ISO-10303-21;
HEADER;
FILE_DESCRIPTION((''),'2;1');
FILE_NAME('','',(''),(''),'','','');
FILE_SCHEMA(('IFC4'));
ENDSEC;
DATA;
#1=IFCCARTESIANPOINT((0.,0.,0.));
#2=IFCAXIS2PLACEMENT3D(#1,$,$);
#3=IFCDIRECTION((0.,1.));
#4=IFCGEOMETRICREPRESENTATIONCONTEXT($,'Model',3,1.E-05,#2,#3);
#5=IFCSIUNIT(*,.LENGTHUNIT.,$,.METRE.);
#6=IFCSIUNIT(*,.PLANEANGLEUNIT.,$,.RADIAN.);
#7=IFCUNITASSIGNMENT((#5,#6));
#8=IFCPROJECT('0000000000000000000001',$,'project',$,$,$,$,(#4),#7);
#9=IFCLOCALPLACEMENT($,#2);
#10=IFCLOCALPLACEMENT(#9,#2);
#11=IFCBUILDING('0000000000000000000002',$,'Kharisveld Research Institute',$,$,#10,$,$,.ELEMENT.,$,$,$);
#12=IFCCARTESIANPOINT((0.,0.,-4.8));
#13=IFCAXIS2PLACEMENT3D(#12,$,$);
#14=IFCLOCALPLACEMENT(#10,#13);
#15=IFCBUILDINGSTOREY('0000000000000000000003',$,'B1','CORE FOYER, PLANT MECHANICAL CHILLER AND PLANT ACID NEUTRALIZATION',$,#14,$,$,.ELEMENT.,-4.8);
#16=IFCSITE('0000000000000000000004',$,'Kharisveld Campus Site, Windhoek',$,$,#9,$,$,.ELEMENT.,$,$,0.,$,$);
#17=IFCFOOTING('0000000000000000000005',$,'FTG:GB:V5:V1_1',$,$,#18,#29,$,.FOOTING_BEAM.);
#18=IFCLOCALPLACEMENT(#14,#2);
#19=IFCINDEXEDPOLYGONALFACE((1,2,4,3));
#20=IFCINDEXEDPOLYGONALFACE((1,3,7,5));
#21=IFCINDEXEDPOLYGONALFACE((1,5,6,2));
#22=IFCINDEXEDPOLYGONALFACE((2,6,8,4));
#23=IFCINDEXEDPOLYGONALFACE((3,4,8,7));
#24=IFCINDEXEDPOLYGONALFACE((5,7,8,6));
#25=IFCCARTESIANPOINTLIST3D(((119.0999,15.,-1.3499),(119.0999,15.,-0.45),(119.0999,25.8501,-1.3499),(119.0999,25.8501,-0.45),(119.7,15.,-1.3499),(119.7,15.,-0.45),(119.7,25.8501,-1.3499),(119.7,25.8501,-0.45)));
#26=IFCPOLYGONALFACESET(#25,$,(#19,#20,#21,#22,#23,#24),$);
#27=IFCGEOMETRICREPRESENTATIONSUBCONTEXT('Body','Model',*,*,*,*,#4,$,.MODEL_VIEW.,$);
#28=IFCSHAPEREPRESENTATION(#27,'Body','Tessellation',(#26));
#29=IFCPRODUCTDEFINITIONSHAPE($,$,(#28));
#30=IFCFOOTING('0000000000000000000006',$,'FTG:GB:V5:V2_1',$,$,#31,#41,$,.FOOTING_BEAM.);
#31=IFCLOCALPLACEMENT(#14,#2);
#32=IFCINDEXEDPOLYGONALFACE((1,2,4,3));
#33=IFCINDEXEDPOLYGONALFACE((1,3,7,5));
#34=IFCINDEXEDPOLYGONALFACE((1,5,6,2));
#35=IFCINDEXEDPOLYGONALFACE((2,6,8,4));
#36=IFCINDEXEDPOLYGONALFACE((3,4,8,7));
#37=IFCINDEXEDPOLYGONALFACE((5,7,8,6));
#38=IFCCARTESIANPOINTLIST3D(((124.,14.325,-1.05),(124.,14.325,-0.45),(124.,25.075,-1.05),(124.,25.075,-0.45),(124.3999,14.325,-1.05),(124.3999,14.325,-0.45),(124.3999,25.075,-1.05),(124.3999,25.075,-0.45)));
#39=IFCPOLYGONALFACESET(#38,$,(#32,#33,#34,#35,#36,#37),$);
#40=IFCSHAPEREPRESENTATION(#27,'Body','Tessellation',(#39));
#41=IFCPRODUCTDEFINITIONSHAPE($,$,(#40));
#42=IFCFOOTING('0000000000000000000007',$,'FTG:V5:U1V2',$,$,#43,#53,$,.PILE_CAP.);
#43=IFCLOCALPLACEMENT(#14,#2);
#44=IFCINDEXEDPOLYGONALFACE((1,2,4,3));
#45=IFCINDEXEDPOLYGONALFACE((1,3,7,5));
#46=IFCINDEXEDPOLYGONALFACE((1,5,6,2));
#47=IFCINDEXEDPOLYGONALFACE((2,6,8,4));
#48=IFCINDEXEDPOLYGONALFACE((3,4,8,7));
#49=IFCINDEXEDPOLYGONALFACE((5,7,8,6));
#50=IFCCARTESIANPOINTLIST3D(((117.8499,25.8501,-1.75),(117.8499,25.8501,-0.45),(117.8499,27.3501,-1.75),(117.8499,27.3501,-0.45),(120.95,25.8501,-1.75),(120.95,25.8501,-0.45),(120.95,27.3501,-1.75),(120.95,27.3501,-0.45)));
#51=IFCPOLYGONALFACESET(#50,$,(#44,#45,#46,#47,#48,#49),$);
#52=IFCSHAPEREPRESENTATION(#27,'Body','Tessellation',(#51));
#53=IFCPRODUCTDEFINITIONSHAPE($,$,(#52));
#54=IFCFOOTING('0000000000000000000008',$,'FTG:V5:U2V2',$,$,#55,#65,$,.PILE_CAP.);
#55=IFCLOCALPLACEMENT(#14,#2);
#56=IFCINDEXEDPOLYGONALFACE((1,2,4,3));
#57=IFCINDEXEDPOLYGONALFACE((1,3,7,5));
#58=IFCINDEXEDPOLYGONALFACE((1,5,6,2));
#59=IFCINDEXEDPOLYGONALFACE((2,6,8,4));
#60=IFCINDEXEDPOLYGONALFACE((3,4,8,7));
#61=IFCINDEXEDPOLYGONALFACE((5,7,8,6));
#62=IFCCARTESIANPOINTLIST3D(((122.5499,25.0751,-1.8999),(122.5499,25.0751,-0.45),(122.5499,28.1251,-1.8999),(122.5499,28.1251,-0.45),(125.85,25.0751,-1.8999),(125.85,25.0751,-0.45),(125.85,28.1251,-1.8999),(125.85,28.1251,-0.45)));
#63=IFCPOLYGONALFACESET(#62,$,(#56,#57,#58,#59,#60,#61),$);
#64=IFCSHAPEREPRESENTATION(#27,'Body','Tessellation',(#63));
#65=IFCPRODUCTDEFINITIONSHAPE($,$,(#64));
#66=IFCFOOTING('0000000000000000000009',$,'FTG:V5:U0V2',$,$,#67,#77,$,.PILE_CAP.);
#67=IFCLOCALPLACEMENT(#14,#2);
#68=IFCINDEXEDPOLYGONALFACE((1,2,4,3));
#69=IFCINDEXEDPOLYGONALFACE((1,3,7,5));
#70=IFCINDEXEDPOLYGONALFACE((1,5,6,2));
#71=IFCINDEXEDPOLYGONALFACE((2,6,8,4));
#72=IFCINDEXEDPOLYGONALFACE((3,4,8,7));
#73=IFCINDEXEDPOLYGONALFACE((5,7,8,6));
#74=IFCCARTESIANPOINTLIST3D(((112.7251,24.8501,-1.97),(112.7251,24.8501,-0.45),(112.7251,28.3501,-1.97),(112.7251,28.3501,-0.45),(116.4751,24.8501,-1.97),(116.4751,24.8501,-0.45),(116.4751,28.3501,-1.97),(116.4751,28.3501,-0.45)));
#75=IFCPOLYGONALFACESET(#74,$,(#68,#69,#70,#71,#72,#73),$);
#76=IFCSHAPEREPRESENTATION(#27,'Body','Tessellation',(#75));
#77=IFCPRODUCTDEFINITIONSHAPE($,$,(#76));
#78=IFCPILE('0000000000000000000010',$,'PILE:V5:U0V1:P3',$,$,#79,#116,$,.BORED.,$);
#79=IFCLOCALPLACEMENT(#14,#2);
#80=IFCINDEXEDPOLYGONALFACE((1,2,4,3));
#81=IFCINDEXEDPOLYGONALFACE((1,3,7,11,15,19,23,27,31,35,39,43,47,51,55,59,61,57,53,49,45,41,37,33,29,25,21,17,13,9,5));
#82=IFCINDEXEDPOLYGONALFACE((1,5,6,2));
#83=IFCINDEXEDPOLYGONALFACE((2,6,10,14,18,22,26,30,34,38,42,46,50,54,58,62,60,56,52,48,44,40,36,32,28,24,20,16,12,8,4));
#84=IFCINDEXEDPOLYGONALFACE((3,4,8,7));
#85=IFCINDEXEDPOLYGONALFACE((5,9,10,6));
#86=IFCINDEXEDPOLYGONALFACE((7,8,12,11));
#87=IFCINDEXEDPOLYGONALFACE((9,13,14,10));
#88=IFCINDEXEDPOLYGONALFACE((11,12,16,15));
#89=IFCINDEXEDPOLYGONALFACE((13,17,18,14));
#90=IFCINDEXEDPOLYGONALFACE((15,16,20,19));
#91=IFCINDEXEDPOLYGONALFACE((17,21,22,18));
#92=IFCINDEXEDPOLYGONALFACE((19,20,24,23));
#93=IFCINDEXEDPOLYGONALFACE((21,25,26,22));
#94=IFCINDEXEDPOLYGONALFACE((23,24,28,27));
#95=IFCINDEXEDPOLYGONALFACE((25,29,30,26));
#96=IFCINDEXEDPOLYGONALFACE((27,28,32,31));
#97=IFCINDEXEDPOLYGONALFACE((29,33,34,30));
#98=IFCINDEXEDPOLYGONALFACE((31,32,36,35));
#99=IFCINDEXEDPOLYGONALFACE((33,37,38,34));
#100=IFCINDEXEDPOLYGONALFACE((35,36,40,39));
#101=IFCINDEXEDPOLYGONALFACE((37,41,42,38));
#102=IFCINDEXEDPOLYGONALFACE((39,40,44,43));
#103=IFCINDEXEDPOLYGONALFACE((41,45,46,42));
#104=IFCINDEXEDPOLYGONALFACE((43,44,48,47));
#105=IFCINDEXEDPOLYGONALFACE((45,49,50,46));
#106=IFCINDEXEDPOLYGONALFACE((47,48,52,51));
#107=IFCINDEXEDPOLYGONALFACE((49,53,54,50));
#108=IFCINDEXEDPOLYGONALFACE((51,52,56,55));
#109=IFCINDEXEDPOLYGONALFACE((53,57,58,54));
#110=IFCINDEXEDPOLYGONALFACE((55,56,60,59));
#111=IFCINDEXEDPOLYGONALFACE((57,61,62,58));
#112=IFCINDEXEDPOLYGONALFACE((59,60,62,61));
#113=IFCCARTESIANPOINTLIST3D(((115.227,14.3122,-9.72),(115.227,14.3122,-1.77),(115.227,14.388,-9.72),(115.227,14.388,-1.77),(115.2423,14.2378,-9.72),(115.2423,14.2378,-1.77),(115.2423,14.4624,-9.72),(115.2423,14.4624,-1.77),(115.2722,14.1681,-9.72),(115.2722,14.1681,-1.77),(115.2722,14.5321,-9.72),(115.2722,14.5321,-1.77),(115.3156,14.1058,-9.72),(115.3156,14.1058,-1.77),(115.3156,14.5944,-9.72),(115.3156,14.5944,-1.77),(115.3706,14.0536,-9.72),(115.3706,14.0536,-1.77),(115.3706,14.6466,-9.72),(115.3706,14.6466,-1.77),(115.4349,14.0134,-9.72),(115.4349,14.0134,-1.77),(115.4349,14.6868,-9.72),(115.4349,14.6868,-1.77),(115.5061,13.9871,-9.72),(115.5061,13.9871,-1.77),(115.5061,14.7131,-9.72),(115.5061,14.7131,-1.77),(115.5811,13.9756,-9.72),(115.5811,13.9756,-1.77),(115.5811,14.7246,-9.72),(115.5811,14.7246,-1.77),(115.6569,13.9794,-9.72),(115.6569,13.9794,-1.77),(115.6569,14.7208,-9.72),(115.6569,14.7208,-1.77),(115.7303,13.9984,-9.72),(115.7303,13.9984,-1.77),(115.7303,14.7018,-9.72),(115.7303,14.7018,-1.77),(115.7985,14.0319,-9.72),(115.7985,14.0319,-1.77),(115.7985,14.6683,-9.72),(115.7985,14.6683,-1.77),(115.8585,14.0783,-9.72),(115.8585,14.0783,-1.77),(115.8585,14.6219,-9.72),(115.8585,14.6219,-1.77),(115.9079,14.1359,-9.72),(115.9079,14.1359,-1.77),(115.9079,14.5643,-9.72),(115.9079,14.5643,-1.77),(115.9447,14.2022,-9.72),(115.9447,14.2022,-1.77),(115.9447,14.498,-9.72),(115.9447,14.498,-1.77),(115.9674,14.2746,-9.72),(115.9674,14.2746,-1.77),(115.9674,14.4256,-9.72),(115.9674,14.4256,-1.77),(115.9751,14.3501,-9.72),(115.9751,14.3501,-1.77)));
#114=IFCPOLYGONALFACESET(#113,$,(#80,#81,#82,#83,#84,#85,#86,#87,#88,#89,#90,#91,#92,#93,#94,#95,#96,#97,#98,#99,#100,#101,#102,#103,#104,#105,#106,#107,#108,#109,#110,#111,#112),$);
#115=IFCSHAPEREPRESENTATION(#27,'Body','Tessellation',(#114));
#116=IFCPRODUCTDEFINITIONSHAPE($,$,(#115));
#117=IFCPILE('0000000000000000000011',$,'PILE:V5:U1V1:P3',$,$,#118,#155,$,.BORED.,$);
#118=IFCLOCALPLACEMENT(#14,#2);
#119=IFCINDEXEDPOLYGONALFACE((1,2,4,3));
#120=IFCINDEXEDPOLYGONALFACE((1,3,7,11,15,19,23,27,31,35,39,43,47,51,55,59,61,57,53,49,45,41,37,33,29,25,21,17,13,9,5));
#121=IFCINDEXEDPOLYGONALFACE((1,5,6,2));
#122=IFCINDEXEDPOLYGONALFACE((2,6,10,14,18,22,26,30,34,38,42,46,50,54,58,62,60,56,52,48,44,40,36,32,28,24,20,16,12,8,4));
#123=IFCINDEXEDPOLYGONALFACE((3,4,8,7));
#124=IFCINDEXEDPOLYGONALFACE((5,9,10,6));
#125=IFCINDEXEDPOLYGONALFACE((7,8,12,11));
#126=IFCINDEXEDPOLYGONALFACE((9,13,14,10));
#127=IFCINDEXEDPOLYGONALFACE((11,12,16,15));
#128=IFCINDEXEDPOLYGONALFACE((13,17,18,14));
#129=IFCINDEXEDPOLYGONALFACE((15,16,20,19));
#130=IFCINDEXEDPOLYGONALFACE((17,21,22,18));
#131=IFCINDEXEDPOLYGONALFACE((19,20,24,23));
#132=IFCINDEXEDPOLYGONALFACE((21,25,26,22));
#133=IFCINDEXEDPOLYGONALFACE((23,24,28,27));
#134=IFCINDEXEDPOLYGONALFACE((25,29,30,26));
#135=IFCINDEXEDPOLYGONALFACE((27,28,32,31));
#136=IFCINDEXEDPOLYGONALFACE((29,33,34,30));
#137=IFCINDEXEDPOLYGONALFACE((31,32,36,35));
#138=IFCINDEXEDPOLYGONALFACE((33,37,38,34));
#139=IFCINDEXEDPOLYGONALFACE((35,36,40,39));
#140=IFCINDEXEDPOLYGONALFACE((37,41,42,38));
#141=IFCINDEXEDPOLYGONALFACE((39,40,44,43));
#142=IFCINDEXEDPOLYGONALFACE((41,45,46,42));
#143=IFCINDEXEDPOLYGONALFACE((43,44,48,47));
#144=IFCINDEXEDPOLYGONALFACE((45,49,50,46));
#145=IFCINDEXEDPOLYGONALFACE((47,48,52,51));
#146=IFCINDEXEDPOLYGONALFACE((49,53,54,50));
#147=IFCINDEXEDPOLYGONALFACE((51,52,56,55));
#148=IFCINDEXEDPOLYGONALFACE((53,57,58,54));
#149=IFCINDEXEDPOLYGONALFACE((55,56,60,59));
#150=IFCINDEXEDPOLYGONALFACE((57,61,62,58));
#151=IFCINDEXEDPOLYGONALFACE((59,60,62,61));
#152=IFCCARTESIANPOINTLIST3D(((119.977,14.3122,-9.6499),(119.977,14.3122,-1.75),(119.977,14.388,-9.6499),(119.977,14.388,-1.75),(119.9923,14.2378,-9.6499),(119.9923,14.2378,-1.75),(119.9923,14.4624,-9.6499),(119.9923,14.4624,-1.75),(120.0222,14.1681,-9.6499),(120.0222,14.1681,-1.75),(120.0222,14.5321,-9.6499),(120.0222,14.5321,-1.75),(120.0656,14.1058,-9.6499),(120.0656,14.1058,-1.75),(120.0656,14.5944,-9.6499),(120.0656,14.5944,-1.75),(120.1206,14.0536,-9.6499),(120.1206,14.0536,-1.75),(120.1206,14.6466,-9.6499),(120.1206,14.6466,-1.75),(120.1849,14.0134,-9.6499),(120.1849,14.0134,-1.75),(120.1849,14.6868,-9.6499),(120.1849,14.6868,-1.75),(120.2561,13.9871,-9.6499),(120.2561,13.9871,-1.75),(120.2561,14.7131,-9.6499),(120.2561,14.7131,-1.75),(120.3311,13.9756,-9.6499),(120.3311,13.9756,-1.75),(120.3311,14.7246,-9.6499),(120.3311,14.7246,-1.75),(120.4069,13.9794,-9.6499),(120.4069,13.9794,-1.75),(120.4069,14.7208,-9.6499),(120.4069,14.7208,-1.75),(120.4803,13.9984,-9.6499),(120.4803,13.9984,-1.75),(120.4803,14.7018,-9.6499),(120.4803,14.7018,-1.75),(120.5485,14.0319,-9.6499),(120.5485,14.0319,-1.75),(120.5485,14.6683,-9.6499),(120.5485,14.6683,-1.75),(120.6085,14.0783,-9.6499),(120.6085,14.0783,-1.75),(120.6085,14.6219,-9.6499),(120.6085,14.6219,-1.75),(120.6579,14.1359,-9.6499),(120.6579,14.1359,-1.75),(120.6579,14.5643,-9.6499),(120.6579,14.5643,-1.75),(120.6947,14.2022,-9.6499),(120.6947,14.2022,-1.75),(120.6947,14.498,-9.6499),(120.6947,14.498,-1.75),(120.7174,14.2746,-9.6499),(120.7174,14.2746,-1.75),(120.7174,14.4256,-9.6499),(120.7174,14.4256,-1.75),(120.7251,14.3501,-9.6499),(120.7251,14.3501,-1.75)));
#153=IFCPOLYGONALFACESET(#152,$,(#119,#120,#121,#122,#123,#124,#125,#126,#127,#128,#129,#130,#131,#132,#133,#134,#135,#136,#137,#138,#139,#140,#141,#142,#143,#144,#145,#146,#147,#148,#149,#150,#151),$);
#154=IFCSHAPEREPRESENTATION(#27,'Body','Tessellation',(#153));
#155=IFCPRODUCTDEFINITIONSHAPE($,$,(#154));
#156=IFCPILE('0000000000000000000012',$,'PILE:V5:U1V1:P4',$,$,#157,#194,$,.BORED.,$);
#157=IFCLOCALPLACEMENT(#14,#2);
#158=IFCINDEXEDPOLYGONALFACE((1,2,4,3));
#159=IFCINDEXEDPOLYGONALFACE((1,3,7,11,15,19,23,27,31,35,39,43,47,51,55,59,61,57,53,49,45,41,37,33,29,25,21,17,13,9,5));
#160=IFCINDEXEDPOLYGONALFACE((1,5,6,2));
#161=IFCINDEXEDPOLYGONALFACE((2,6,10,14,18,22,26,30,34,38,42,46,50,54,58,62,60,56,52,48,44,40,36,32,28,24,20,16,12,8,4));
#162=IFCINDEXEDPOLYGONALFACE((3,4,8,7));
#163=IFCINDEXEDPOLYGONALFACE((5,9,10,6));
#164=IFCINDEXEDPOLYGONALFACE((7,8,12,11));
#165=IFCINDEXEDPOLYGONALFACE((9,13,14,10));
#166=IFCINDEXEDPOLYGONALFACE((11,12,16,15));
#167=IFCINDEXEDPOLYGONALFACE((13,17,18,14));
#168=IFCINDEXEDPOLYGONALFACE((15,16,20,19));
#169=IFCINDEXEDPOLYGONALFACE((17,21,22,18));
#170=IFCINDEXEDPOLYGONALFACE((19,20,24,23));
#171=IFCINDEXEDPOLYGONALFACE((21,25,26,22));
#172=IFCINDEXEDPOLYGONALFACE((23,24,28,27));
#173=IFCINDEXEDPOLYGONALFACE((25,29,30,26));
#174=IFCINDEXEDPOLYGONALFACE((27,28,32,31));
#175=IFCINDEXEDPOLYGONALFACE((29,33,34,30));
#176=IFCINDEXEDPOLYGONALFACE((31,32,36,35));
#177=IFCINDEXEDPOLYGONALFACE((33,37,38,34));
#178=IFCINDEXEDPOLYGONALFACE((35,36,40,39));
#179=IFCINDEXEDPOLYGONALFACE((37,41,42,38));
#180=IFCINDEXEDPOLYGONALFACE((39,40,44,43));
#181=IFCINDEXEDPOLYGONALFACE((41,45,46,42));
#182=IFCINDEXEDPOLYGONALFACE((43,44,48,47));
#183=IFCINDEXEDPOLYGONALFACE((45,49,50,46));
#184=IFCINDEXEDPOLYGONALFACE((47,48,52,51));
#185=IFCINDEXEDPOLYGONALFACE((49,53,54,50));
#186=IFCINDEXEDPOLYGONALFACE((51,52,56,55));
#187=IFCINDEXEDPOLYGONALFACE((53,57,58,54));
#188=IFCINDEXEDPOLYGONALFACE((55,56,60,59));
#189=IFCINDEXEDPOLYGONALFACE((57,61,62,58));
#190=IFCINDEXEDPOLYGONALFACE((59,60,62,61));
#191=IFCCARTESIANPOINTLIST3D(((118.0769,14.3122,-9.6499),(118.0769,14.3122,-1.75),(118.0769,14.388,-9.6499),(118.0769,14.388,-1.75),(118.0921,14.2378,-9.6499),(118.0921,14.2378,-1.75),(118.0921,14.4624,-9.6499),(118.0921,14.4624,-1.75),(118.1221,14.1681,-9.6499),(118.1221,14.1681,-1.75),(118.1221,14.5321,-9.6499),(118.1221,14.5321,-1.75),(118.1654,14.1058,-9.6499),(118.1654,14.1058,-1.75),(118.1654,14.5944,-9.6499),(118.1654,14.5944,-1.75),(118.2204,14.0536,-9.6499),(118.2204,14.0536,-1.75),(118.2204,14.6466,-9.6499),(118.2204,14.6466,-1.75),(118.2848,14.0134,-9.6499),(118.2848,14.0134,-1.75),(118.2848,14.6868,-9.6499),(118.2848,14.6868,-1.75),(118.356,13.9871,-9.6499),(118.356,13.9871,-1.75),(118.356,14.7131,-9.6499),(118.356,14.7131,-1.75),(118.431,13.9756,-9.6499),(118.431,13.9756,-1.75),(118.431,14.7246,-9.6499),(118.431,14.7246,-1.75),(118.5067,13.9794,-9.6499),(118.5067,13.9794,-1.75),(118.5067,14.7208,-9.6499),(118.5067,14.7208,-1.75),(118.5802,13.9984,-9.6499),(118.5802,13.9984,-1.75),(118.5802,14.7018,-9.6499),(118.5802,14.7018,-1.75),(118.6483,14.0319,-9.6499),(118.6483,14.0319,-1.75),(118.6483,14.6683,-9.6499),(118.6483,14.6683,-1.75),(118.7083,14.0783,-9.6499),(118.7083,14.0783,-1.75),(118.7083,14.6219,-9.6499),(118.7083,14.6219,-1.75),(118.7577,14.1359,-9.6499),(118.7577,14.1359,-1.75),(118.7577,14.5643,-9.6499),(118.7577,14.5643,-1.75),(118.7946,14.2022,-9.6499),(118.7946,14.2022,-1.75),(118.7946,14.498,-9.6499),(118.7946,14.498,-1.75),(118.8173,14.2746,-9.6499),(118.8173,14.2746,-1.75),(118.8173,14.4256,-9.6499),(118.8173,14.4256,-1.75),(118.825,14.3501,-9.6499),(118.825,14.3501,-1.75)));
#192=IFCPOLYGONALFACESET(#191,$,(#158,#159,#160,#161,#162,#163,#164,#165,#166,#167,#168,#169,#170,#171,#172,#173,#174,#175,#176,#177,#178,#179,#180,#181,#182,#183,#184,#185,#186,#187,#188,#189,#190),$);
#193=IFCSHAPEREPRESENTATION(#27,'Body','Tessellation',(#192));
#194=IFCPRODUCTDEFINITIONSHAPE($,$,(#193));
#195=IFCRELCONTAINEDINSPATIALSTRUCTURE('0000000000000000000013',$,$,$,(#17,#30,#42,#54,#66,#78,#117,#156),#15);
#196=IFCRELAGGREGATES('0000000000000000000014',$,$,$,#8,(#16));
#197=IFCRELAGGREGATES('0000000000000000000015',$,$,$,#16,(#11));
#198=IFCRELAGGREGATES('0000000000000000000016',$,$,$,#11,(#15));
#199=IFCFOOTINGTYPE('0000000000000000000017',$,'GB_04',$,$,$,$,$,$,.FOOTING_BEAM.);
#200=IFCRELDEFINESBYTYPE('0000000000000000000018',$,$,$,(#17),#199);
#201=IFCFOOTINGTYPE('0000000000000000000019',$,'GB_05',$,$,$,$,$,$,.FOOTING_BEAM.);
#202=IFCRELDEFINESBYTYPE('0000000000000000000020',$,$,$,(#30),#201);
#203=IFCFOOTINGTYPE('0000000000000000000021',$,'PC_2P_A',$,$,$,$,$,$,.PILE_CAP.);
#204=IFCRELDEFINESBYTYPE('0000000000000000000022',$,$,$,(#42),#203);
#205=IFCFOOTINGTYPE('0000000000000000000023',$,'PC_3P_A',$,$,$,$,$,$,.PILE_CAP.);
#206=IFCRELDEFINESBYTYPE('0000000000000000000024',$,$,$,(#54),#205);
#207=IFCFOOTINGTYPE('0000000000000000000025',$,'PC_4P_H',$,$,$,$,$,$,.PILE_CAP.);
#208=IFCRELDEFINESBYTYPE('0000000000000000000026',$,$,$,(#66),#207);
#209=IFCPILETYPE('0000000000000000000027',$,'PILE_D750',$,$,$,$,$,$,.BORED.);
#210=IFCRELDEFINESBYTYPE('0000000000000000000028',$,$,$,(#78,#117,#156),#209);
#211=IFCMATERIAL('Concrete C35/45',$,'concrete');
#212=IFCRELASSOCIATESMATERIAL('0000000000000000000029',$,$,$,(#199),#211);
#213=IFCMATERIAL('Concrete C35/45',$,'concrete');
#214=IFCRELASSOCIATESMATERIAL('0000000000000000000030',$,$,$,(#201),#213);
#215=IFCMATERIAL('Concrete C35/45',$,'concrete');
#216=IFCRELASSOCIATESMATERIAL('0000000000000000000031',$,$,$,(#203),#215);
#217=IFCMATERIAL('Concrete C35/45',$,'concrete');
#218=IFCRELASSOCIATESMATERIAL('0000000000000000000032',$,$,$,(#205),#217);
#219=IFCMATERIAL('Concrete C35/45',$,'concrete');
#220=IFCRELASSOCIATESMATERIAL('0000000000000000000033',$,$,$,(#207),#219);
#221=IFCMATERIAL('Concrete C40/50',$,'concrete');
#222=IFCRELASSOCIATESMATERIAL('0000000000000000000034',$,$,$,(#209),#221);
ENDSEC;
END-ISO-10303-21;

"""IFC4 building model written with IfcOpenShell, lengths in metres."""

from ifc_helpers import new_model, si_unit, direction, frame, origin, origin_2d, place, context, subcontext, project, spatial, rectangle, circle, extrude, material, material_profile, profile_set, type_object, element, save


model = new_model("IFC4")

# Units and contexts
model_context = context("Model", 3, precision=1e-05, world=origin(), true_north=direction((0.0, 1.0)))
body_context = subcontext(model_context, "Body", "Model", "MODEL_VIEW")
ifc_project = project(units=[si_unit("LENGTHUNIT", "METRE"), si_unit("PLANEANGLEUNIT", "RADIAN")], contexts=[model_context])

# Site, building, storey
site_placement = place(None, origin())
site = spatial("IfcSite", under=ifc_project, at=site_placement, Name="Kharisveld Campus Site, Windhoek", CompositionType="ELEMENT", RefElevation=0.0)
building_placement = place(site_placement, origin())
building = spatial("IfcBuilding", under=site, at=building_placement, Name="Kharisveld Research Institute", CompositionType="ELEMENT")
storey_placement = place(building_placement, frame((0.0, 0.0, -4.8)))
storey = spatial("IfcBuildingStorey", under=building, at=storey_placement, Name="B1", Description="CORE FOYER, PLANT MECHANICAL CHILLER AND PLANT ACID NEUTRALIZATION", CompositionType="ELEMENT", Elevation=-4.8)

# Footings
ifc_material_1 = material(Name="Concrete C35/45", Category="concrete")
ifc_material_profile_1 = material_profile(ifc_material_1, rectangle(XDim=0.6001, YDim=0.8999, at=origin_2d()))
ifc_profile_set_1 = profile_set([ifc_material_profile_1], Name="Concrete C35/45")
footing_type_1 = type_object("IfcFootingType", Name="GB_04", PredefinedType="FOOTING_BEAM", material=ifc_profile_set_1)
footing_1_placement = place(storey_placement, frame((119.3999, 15.0, -0.8999), z_axis=(0.0, 1.0, 0.0), x_axis=(-1.0, 0.0, 0.0)))
element("IfcFooting", 1, at=footing_1_placement, inside=storey, type_object=footing_type_1, Name="FTG:GB:V5:V1_1", PredefinedType="FOOTING_BEAM", context=body_context, shape_type="SweptSolid", body=[
    extrude(rectangle(XDim=0.6001, YDim=0.8999, at=origin_2d()), origin(), (0.0, 0.0, 1.0), 10.8501),
])
ifc_material_2 = material(Name="Concrete C35/45", Category="concrete")
ifc_material_profile_2 = material_profile(ifc_material_2, rectangle(XDim=0.3999, YDim=0.6001, at=origin_2d()))
ifc_profile_set_2 = profile_set([ifc_material_profile_2], Name="Concrete C35/45")
footing_type_2 = type_object("IfcFootingType", Name="GB_05", PredefinedType="FOOTING_BEAM", material=ifc_profile_set_2)
footing_2_placement = place(storey_placement, frame((124.2, 14.325, -0.75), z_axis=(0.0, 1.0, 0.0), x_axis=(-1.0, 0.0, 0.0)))
element("IfcFooting", 2, at=footing_2_placement, inside=storey, type_object=footing_type_2, Name="FTG:GB:V5:V2_1", PredefinedType="FOOTING_BEAM", context=body_context, shape_type="SweptSolid", body=[
    extrude(rectangle(XDim=0.3999, YDim=0.6001, at=origin_2d()), origin(), (0.0, 0.0, 1.0), 10.75),
])
ifc_material_3 = material(Name="Concrete C35/45", Category="concrete")
footing_type_3 = type_object("IfcFootingType", Name="PC_2P_A", PredefinedType="PILE_CAP", material=ifc_material_3)
footing_3_placement = place(storey_placement, frame((119.3999, 26.6001, -1.75), z_axis=(0.0, 0.0, 1.0), x_axis=(1.0, 0.0, 0.0)))
element("IfcFooting", 3, at=footing_3_placement, inside=storey, type_object=footing_type_3, Name="FTG:V5:U1V2", PredefinedType="PILE_CAP", context=body_context, shape_type="SweptSolid", body=[
    extrude(rectangle(XDim=3.1001, YDim=1.5, at=origin_2d()), origin(), (0.0, 0.0, 1.0), 1.3),
])
ifc_material_4 = material(Name="Concrete C35/45", Category="concrete")
footing_type_4 = type_object("IfcFootingType", Name="PC_3P_A", PredefinedType="PILE_CAP", material=ifc_material_4)
footing_4_placement = place(storey_placement, frame((124.2, 26.6001, -1.8999), z_axis=(0.0, 0.0, 1.0), x_axis=(1.0, 0.0, 0.0)))
element("IfcFooting", 4, at=footing_4_placement, inside=storey, type_object=footing_type_4, Name="FTG:V5:U2V2", PredefinedType="PILE_CAP", context=body_context, shape_type="SweptSolid", body=[
    extrude(rectangle(XDim=3.3, YDim=3.05, at=origin_2d()), origin(), (0.0, 0.0, 1.0), 1.45),
])
ifc_material_5 = material(Name="Concrete C35/45", Category="concrete")
footing_type_5 = type_object("IfcFootingType", Name="PC_4P_H", PredefinedType="PILE_CAP", material=ifc_material_5)
footing_5_placement = place(storey_placement, frame((114.6001, 26.6001, -1.97), z_axis=(0.0, 0.0, 1.0), x_axis=(1.0, 0.0, 0.0)))
element("IfcFooting", 5, at=footing_5_placement, inside=storey, type_object=footing_type_5, Name="FTG:V5:U0V2", PredefinedType="PILE_CAP", context=body_context, shape_type="SweptSolid", body=[
    extrude(rectangle(XDim=3.75, YDim=3.5, at=origin_2d()), origin(), (0.0, 0.0, 1.0), 1.52),
])

# Piles
ifc_material_6 = material(Name="Concrete C40/50", Category="concrete")
ifc_material_profile_3 = material_profile(ifc_material_6, circle(Radius=0.375, at=origin_2d()))
ifc_profile_set_3 = profile_set([ifc_material_profile_3], Name="Concrete C40/50")
pile_type_1 = type_object("IfcPileType", Name="PILE_D750", PredefinedType="BORED", material=ifc_profile_set_3)
pile_placement = place(storey_placement, frame((115.6001, 14.3501, -1.77), z_axis=(0.0, 0.0, -1.0), x_axis=(1.0, 0.0, 0.0)))
element("IfcPile", 6, at=pile_placement, inside=storey, type_object=pile_type_1, Name="PILE:V5:U0V1:P3", PredefinedType="BORED", context=body_context, shape_type="SweptSolid", body=[
    extrude(circle(Radius=0.375, at=origin_2d()), origin(), (0.0, 0.0, 1.0), 7.95),
])
for number, where, z_axis, x_axis, name in (
    (7, (120.3501, 14.3501, -1.75), (0.0, 0.0, -1.0), (1.0, 0.0, 0.0), "PILE:V5:U1V1:P3"),
    (8, (118.45, 14.3501, -1.75), (0.0, 0.0, -1.0), (1.0, 0.0, 0.0), "PILE:V5:U1V1:P4"),
):
    element("IfcPile", number, at=place(storey_placement, frame(where, z_axis=z_axis, x_axis=x_axis)), inside=storey, type_object=pile_type_1, Name=name, PredefinedType="BORED", context=body_context, shape_type="SweptSolid", body=[
        extrude(circle(Radius=0.375, at=origin_2d()), origin(), (0.0, 0.0, 1.0), 7.8999),
    ])

save(model, "model.ifc")
